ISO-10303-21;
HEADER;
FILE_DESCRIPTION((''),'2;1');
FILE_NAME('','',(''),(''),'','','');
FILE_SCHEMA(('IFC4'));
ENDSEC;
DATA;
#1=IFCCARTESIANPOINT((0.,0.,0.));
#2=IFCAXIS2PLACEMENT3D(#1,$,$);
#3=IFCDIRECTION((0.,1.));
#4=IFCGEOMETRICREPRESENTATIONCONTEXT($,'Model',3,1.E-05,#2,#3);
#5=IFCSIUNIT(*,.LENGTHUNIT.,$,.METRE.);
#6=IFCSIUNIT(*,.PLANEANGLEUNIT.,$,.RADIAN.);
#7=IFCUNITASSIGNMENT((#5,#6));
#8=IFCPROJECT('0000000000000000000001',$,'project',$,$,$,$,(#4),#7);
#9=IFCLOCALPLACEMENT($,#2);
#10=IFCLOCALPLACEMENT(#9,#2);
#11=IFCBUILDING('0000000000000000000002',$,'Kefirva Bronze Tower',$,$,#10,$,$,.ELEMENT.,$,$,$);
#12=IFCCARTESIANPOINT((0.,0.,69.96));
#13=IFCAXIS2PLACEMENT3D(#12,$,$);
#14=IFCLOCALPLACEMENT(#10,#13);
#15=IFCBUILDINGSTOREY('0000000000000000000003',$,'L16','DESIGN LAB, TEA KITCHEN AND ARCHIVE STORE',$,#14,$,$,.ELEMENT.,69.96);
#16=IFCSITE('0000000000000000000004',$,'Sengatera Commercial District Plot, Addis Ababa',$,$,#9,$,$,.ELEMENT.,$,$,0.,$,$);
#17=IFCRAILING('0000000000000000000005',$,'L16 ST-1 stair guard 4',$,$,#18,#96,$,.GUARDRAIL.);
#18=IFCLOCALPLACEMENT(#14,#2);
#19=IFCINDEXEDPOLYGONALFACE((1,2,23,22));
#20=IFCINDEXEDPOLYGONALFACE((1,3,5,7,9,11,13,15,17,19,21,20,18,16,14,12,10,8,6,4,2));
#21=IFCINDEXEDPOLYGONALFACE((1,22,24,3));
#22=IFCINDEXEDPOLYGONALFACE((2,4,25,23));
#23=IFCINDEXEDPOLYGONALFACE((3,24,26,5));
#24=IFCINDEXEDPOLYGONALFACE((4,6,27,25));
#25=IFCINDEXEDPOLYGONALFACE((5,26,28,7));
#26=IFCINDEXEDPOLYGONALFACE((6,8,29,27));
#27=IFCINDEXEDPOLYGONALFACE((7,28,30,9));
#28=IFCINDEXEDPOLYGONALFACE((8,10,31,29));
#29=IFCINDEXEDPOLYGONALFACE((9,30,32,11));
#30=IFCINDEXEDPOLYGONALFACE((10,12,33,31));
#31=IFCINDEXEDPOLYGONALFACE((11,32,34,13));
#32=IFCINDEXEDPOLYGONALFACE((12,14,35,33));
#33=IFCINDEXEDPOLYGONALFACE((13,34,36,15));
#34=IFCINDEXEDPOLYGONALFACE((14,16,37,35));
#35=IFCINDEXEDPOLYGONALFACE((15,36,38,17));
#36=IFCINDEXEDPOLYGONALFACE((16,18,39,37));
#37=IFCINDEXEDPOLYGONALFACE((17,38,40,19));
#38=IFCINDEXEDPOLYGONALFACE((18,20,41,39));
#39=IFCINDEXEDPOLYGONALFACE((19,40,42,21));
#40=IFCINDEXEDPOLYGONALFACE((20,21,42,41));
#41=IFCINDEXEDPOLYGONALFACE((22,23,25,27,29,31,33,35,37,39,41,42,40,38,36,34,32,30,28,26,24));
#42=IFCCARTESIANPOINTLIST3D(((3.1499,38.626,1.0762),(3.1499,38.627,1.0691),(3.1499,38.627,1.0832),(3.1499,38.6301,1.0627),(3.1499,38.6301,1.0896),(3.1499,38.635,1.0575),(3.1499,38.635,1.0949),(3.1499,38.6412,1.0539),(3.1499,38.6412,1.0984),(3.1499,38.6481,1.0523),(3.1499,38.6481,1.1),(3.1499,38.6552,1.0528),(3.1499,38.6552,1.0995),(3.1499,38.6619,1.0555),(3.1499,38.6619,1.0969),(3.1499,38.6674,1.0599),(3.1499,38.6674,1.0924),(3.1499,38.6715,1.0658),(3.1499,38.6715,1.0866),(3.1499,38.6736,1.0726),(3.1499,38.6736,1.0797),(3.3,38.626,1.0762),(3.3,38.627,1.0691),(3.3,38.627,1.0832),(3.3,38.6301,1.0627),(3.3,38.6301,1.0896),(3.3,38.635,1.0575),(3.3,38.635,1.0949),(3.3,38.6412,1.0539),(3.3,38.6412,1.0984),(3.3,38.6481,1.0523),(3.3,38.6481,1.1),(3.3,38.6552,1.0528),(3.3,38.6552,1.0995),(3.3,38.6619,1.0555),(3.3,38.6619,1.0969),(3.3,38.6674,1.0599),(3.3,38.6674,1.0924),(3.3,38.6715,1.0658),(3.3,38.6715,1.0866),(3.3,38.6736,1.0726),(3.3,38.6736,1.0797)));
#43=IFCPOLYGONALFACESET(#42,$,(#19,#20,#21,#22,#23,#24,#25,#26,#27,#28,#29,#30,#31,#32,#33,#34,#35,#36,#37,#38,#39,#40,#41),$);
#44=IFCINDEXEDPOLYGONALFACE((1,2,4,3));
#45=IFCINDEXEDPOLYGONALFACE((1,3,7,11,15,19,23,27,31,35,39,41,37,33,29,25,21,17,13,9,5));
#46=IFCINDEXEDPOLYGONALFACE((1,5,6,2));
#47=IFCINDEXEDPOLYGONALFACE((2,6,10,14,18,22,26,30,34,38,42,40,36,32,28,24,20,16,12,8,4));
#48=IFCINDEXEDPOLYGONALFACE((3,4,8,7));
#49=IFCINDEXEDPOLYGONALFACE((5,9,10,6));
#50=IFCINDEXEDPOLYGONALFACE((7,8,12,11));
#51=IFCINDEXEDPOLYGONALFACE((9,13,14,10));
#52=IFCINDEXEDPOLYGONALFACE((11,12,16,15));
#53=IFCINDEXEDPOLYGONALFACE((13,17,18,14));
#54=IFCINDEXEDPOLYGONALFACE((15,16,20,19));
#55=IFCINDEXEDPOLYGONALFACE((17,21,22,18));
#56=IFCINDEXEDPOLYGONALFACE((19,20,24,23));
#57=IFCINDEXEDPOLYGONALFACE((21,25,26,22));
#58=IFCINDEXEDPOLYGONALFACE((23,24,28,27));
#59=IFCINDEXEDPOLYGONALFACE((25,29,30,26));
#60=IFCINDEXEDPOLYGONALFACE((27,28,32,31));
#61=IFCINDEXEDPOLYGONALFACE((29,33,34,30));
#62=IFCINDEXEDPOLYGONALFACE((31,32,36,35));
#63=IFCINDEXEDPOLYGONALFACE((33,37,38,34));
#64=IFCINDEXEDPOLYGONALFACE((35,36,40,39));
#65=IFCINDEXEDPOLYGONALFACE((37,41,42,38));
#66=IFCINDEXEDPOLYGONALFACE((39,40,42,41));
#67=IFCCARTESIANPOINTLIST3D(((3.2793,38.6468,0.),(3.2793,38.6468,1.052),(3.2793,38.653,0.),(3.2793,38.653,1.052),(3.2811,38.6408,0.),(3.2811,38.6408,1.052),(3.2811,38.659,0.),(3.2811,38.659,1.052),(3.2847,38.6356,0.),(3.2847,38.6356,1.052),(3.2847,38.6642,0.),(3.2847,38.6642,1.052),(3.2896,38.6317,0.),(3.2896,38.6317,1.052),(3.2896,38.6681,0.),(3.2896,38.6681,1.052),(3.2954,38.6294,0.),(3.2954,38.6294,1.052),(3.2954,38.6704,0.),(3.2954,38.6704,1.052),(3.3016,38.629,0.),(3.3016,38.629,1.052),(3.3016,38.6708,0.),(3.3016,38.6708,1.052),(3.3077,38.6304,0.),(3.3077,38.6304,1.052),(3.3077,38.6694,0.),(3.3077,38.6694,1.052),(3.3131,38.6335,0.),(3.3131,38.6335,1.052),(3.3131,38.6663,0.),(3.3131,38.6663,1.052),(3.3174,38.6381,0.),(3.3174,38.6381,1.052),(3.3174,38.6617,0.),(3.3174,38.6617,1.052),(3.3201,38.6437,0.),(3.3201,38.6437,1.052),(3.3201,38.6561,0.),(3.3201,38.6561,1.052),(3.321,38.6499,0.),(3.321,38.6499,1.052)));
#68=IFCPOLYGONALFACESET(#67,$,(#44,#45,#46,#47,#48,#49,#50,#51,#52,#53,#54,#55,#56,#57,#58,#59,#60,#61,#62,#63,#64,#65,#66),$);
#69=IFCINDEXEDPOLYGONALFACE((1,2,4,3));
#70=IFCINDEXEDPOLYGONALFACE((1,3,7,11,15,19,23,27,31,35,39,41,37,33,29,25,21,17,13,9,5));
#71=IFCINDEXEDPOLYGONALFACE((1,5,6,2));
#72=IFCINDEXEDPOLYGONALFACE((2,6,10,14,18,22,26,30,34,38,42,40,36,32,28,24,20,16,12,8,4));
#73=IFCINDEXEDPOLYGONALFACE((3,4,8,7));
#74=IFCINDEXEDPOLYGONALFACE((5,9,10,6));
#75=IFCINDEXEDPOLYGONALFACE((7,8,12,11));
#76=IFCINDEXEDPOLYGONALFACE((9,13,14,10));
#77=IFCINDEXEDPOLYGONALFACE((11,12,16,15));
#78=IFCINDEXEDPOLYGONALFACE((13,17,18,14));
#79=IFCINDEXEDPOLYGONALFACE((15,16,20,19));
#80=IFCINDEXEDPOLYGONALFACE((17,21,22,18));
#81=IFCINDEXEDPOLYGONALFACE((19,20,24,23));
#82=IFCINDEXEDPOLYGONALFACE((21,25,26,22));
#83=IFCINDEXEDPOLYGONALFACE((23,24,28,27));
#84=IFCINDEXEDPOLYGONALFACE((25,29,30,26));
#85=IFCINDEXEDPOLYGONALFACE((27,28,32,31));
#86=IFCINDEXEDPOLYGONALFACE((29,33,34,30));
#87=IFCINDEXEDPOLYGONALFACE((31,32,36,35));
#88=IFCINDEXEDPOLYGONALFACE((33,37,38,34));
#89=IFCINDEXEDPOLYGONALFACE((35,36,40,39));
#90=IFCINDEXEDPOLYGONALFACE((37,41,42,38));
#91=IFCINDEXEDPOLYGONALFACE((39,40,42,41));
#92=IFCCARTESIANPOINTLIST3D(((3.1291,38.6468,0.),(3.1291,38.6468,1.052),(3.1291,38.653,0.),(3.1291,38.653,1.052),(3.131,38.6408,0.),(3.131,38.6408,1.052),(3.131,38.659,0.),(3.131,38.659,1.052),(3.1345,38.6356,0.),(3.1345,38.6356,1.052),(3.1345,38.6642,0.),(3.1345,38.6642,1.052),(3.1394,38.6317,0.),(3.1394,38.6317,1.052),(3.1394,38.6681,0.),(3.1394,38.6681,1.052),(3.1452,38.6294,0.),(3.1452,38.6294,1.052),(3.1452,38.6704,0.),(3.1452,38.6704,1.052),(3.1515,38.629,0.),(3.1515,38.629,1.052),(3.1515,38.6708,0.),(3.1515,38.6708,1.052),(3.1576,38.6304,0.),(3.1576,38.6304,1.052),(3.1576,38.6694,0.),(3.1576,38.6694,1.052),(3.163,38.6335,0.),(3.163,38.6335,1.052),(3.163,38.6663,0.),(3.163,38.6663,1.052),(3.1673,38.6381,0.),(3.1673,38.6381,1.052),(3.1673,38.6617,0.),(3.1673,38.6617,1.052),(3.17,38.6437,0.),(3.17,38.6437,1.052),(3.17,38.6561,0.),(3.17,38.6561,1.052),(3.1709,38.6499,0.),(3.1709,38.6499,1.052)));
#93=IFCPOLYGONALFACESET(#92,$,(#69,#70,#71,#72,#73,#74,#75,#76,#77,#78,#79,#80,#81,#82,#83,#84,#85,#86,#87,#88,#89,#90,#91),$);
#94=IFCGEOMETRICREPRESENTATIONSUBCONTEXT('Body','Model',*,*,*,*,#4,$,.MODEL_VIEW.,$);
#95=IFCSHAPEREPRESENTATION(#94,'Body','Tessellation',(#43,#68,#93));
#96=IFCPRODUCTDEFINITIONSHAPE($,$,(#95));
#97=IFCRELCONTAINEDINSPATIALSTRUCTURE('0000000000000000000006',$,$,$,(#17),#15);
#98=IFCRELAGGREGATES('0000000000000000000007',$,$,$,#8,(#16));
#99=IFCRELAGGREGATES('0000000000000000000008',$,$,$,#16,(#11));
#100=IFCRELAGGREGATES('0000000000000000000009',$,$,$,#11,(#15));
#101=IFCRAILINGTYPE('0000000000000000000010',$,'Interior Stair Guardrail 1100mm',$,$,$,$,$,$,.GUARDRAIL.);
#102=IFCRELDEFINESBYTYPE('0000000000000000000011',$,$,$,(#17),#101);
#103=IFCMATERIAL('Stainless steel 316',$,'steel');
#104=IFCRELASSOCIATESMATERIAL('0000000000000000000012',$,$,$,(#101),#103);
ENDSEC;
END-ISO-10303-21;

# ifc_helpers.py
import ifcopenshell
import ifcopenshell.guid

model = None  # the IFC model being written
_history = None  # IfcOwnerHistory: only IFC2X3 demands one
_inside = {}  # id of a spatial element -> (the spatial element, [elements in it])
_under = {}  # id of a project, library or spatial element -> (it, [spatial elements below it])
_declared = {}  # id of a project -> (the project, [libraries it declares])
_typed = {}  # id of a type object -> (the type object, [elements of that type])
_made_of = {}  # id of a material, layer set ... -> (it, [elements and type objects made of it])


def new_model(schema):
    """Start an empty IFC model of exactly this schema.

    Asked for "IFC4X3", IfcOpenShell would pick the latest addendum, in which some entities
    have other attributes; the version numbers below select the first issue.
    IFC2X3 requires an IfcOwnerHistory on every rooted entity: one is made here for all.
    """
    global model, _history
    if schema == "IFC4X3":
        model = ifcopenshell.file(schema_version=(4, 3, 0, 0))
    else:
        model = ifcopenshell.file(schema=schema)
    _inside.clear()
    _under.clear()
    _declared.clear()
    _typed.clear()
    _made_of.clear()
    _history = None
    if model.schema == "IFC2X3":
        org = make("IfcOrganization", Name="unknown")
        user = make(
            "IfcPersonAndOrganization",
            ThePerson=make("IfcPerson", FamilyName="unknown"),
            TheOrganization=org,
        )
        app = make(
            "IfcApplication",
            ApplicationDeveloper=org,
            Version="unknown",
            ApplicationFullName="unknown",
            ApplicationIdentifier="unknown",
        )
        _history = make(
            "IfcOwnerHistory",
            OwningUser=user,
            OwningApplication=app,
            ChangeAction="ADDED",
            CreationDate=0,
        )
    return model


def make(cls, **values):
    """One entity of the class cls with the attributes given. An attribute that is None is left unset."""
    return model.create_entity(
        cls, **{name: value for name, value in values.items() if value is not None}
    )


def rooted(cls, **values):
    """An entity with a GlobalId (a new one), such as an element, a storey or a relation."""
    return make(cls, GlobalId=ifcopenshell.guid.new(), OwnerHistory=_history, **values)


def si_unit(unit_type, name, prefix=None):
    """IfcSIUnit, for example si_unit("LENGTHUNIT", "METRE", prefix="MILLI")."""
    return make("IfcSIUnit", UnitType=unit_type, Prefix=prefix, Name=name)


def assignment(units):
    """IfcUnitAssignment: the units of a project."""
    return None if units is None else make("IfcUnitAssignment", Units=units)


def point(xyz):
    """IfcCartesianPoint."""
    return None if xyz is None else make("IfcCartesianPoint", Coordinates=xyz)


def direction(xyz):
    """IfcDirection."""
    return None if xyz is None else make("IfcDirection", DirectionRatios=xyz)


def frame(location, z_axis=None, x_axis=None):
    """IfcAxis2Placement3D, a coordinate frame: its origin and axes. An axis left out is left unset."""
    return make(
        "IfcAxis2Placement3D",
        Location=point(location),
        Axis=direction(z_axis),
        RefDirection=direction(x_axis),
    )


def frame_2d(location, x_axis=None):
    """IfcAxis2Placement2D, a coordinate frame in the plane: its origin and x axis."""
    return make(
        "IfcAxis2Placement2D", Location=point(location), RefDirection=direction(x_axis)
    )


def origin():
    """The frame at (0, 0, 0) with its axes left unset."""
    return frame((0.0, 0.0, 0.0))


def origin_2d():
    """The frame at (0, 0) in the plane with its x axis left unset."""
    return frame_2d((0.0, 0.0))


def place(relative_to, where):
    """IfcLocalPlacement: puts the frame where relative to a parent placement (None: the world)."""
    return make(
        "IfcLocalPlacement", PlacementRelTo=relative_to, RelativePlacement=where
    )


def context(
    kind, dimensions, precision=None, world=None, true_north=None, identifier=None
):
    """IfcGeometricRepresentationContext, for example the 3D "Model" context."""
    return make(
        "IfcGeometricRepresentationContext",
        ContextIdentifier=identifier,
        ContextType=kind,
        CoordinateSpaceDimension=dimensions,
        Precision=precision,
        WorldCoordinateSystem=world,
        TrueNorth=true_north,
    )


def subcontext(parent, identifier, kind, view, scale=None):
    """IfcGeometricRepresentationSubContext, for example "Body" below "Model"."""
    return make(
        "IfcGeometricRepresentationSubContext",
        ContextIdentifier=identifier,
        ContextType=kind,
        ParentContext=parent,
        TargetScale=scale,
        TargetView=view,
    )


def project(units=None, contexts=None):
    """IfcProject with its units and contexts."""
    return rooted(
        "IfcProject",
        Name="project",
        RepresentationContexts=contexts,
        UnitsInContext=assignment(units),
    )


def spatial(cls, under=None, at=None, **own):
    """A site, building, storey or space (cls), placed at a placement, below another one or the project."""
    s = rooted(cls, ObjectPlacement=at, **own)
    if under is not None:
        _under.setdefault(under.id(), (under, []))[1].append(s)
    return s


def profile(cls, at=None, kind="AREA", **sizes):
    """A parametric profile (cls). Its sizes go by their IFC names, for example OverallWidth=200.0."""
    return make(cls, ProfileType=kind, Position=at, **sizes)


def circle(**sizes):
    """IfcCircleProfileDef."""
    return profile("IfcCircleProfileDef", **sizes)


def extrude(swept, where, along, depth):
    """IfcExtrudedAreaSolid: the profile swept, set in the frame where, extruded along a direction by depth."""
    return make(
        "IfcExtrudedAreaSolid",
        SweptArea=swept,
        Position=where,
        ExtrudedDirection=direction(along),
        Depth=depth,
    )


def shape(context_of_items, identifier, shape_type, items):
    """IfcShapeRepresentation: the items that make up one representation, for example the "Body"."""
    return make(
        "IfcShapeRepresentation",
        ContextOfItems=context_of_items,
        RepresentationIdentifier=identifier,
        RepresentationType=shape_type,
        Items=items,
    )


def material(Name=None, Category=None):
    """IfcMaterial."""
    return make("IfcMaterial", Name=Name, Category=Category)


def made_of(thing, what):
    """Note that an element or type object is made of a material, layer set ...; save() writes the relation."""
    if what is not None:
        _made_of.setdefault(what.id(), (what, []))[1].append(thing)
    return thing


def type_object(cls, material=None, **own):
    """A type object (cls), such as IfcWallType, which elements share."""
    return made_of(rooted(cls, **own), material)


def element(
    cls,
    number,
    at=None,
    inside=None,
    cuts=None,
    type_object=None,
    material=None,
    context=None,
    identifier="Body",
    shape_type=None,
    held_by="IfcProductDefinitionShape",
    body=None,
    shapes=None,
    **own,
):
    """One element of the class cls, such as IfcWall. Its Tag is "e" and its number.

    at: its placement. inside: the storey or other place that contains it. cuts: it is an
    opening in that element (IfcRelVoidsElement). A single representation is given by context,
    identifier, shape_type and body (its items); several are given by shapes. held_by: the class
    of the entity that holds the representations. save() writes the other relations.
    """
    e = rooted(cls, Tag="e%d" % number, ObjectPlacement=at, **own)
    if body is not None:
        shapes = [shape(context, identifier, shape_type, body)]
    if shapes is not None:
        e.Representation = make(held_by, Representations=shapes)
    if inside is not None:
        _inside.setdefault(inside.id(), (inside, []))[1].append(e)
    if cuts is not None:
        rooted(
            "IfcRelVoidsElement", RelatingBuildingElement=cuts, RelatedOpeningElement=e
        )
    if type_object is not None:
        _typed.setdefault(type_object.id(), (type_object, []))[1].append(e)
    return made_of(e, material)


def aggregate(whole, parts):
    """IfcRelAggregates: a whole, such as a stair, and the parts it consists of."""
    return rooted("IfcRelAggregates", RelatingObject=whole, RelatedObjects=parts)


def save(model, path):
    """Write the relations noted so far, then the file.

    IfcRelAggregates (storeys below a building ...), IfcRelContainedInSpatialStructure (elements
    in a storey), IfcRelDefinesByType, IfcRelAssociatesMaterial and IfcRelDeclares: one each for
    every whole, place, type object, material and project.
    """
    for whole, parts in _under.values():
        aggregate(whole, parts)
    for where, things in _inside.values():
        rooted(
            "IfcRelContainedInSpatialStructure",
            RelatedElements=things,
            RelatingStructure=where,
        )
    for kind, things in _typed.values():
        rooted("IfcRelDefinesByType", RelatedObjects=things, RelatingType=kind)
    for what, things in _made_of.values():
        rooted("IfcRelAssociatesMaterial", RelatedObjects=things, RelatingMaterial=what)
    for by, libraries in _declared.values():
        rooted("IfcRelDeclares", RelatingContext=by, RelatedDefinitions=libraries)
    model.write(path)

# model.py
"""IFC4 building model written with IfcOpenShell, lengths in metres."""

from ifc_helpers import new_model, si_unit, direction, frame, origin, origin_2d, place, context, subcontext, project, spatial, circle, extrude, material, type_object, element, save


model = new_model("IFC4")

# Units and contexts
model_context = context("Model", 3, precision=1e-05, world=origin(), true_north=direction((0.0, 1.0)))
body_context = subcontext(model_context, "Body", "Model", "MODEL_VIEW")
ifc_project = project(units=[si_unit("LENGTHUNIT", "METRE"), si_unit("PLANEANGLEUNIT", "RADIAN")], contexts=[model_context])

# Site, building, storey
site_placement = place(None, origin())
site = spatial("IfcSite", under=ifc_project, at=site_placement, Name="Sengatera Commercial District Plot, Addis Ababa", CompositionType="ELEMENT", RefElevation=0.0)
building_placement = place(site_placement, origin())
building = spatial("IfcBuilding", under=site, at=building_placement, Name="Kefirva Bronze Tower", CompositionType="ELEMENT")
storey_placement = place(building_placement, frame((0.0, 0.0, 69.96)))
storey = spatial("IfcBuildingStorey", under=building, at=storey_placement, Name="L16", Description="DESIGN LAB, TEA KITCHEN AND ARCHIVE STORE", CompositionType="ELEMENT", Elevation=69.96)

# Railing
ifc_material_1 = material(Name="Stainless steel 316", Category="steel")
railing_type_1 = type_object("IfcRailingType", Name="Interior Stair Guardrail 1100mm", PredefinedType="GUARDRAIL", material=ifc_material_1)
railing_1_placement = place(storey_placement, frame((3.3, 38.6499, 0.0)))
element("IfcRailing", 1, at=railing_1_placement, inside=storey, type_object=railing_type_1, Name="L16 ST-1 stair guard 4", PredefinedType="GUARDRAIL", context=body_context, shape_type="SweptSolid", body=[
    extrude(circle(Radius=0.0239, at=origin_2d()), frame((0.0, 0.0, 1.0762), z_axis=(-1.0, 0.0, 0.0), x_axis=(0.0, -1.0, 0.0)), (0.0, 0.0, 1.0), 0.1501),
    extrude(circle(Radius=0.021, at=origin_2d()), origin(), (0.0, 0.0, 1.0), 1.052),
    extrude(circle(Radius=0.021, at=origin_2d()), frame((-0.1501, 0.0, 0.0)), (0.0, 0.0, 1.0), 1.052),
])

save(model, "model.ifc")
